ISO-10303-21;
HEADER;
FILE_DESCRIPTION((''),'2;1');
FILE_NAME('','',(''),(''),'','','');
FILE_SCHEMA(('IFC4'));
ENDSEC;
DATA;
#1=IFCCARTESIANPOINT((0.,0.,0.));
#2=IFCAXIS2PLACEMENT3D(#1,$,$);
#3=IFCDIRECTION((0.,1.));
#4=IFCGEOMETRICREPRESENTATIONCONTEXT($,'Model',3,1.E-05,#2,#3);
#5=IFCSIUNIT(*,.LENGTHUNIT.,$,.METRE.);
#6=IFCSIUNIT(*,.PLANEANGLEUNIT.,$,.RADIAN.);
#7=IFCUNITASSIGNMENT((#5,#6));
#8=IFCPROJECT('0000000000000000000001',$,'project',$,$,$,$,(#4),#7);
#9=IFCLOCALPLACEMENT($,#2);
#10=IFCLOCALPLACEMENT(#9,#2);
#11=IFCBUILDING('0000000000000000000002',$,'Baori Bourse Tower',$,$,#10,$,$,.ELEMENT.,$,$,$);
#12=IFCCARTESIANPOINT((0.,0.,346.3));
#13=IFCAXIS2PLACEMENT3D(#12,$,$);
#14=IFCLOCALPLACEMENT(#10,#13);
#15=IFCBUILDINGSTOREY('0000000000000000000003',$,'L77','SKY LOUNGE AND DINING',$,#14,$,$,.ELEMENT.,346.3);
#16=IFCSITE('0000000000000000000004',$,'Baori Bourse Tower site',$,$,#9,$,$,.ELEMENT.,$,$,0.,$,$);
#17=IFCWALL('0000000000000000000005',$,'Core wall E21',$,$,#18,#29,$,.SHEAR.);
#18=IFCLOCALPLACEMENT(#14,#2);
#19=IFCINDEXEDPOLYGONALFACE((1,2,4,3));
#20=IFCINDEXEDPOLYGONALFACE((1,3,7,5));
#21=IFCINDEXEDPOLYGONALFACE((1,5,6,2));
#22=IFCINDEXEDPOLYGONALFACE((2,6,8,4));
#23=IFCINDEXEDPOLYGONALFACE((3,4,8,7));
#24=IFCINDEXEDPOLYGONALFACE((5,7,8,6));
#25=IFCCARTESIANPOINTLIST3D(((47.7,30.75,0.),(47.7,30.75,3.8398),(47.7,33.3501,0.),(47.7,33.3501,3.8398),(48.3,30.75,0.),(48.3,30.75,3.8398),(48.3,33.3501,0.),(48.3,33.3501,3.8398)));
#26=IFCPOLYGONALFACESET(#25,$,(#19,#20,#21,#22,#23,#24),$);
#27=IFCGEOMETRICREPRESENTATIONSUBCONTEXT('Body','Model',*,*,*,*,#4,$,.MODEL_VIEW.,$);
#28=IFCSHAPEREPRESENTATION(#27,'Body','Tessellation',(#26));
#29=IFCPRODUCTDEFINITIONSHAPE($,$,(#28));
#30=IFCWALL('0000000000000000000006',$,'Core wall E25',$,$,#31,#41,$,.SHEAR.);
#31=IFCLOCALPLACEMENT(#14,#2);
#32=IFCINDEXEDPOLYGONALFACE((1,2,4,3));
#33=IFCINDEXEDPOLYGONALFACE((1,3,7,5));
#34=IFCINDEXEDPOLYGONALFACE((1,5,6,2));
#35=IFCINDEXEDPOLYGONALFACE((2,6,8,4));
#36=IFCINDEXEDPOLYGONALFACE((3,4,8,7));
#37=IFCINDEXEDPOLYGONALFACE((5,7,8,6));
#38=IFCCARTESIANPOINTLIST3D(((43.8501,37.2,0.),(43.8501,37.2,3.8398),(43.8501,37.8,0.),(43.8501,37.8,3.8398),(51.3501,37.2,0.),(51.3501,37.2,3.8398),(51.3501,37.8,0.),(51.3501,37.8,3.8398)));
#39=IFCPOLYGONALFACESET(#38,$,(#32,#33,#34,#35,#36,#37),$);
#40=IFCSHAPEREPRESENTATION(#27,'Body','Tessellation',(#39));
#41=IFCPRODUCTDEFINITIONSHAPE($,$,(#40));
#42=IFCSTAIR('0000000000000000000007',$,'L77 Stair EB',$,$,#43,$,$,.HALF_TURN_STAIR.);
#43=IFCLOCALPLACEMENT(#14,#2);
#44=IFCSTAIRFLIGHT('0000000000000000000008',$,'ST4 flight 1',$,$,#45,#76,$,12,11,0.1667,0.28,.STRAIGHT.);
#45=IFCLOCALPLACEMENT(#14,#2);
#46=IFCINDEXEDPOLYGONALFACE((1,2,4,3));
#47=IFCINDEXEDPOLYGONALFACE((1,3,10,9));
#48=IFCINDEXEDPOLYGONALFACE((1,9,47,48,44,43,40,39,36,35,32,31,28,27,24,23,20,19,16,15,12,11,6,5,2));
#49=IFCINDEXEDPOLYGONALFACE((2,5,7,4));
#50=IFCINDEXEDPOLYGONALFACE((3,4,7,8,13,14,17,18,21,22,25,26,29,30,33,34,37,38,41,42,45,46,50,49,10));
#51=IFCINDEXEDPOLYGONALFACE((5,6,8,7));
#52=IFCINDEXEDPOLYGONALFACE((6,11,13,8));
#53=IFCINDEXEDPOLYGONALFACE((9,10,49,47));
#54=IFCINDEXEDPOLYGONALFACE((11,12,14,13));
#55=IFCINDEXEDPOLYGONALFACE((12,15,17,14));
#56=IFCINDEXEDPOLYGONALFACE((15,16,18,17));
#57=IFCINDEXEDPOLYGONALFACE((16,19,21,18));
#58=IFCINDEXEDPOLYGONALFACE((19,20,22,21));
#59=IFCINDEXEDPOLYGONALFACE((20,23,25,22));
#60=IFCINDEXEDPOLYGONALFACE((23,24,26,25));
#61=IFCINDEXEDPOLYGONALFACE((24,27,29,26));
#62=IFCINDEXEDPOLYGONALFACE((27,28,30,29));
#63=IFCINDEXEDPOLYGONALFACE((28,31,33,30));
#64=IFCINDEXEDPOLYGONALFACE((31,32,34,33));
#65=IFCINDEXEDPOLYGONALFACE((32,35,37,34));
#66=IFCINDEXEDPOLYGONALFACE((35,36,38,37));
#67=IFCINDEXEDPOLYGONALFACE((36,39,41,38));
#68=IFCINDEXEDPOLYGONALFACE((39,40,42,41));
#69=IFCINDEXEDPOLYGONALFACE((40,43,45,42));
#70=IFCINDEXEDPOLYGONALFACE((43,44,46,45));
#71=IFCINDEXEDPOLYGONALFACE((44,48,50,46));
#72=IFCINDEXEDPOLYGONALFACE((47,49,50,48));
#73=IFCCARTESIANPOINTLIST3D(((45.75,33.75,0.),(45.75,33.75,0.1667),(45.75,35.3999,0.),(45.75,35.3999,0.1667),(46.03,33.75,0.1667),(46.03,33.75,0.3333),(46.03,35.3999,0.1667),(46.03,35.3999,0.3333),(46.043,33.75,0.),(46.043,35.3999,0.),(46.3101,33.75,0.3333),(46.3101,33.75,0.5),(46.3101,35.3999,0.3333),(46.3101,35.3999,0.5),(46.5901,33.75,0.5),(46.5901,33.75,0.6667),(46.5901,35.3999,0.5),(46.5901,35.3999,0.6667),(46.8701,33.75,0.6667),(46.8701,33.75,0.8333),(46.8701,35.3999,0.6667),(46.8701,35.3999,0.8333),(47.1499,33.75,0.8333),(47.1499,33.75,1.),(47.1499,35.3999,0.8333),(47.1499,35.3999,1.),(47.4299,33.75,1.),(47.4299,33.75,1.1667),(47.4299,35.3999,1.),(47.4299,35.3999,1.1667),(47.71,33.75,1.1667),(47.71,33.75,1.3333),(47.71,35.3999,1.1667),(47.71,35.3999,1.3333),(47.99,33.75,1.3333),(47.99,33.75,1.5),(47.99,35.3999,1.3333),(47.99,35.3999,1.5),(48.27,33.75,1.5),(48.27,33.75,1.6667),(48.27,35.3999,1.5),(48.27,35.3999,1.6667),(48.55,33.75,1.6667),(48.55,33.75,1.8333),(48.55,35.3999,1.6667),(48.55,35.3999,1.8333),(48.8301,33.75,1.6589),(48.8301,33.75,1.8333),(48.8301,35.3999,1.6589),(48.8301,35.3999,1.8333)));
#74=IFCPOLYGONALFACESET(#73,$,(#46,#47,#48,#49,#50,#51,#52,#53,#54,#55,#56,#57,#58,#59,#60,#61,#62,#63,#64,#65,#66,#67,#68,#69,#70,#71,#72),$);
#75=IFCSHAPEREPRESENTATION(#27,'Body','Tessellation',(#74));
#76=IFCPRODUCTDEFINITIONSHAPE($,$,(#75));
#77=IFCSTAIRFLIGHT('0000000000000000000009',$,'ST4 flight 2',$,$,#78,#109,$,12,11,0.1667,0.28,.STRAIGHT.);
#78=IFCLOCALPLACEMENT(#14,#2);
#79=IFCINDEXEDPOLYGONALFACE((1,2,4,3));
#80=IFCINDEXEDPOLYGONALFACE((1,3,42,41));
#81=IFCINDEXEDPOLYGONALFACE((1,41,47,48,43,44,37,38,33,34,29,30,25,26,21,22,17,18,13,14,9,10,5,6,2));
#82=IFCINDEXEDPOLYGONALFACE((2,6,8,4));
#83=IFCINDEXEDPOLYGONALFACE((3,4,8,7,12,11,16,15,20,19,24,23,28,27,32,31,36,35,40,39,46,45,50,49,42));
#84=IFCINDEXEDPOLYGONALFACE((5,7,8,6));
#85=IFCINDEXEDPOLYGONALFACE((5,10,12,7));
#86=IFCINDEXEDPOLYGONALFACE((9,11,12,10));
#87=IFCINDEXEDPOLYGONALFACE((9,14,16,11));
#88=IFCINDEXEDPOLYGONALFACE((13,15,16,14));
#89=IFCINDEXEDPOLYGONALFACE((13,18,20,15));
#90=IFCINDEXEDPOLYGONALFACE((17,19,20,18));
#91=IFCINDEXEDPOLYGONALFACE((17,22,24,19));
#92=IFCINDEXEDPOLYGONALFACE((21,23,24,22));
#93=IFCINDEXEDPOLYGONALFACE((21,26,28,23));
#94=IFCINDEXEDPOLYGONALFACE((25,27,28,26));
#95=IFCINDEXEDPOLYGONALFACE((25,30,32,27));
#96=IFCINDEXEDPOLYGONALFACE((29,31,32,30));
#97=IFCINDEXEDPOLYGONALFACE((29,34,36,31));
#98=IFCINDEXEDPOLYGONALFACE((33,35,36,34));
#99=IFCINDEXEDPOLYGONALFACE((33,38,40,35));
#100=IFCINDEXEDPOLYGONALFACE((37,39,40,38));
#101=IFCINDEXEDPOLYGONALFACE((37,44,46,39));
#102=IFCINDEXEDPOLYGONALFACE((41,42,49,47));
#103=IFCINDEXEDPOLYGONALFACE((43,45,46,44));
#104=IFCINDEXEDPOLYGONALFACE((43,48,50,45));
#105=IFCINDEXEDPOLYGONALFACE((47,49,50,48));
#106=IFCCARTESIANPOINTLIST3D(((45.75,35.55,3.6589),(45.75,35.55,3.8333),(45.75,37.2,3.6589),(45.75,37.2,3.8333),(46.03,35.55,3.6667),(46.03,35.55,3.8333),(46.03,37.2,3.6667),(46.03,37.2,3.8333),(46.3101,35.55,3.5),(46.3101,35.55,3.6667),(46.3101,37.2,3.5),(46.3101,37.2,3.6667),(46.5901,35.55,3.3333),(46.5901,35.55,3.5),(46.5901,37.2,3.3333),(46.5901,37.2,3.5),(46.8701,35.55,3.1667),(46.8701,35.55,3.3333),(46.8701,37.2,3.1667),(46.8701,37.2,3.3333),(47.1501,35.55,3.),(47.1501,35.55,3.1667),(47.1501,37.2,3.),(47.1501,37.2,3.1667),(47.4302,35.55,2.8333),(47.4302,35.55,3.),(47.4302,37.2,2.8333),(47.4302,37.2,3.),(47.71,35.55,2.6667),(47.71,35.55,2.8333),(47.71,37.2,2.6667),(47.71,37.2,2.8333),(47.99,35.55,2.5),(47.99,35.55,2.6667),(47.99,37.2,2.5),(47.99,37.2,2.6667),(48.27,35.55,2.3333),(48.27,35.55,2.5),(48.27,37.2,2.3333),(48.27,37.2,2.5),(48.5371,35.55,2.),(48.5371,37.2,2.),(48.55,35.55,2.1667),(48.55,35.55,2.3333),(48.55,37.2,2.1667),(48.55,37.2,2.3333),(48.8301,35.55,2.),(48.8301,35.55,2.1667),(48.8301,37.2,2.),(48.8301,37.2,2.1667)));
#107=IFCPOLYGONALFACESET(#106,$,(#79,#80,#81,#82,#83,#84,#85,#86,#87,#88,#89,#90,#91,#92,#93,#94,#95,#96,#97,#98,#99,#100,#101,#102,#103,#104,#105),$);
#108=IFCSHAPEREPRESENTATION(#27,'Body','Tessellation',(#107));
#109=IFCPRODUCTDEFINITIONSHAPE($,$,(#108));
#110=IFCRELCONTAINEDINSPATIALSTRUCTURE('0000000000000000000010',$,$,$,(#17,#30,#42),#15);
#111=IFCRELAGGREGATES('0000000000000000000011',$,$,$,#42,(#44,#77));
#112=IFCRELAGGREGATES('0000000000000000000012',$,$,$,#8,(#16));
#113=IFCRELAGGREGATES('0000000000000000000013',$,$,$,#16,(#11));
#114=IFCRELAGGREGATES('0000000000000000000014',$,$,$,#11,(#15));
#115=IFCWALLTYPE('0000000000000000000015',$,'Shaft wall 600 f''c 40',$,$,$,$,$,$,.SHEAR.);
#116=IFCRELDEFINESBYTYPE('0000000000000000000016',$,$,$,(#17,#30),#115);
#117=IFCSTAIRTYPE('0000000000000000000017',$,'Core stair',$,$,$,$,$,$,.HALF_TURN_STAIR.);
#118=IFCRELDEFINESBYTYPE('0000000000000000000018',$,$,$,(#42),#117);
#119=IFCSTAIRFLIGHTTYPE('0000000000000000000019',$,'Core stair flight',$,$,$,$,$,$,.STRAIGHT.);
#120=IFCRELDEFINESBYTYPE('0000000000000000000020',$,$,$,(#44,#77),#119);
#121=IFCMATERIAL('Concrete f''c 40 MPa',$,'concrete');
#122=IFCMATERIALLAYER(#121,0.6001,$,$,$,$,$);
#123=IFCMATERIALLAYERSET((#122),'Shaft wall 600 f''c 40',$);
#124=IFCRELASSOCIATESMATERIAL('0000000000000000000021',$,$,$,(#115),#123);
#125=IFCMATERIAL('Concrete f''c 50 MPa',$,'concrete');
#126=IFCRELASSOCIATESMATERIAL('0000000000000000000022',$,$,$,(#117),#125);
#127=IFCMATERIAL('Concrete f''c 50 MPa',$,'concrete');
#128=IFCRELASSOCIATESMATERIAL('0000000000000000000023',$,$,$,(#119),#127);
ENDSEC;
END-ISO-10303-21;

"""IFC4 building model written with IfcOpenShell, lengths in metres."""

from ifc_helpers import new_model, si_unit, direction, frame, frame_2d, origin, place, context, subcontext, project, spatial, polyline, rectangle, outline, extrude, material, layer, layer_set, type_object, element, aggregate, save


model = new_model("IFC4")

# Units and contexts
model_context = context("Model", 3, precision=1e-05, world=origin(), true_north=direction((0.0, 1.0)))
body_context = subcontext(model_context, "Body", "Model", "MODEL_VIEW")
ifc_project = project(units=[si_unit("LENGTHUNIT", "METRE"), si_unit("PLANEANGLEUNIT", "RADIAN")], contexts=[model_context])

# Site, building, storey
site_placement = place(None, origin())
site = spatial("IfcSite", under=ifc_project, at=site_placement, Name="Baori Bourse Tower site", CompositionType="ELEMENT", RefElevation=0.0)
building_placement = place(site_placement, origin())
building = spatial("IfcBuilding", under=site, at=building_placement, Name="Baori Bourse Tower", CompositionType="ELEMENT")
storey_placement = place(building_placement, frame((0.0, 0.0, 346.3)))
storey = spatial("IfcBuildingStorey", under=building, at=storey_placement, Name="L77", Description="SKY LOUNGE AND DINING", CompositionType="ELEMENT", Elevation=346.3)

# Walls
ifc_material_1 = material(Name="Concrete f'c 40 MPa", Category="concrete")
ifc_layer_1 = layer(ifc_material_1, 0.6001)
ifc_layer_set_1 = layer_set([ifc_layer_1], Name="Shaft wall 600 f'c 40")
wall_type_1 = type_object("IfcWallType", Name="Shaft wall 600 f'c 40", PredefinedType="SHEAR", material=ifc_layer_set_1)
for number, where, z_axis, x_axis, name in (
    (1, (48.0, 30.75, 0.0), (0.0, 0.0, 1.0), (0.0, 1.0, 0.0), "Core wall E21"),
):
    element("IfcWall", number, at=place(storey_placement, frame(where, z_axis=z_axis, x_axis=x_axis)), inside=storey, type_object=wall_type_1, Name=name, PredefinedType="SHEAR", context=body_context, shape_type="SweptSolid", body=[
        extrude(rectangle(XDim=2.6001, YDim=0.6001, at=frame_2d((1.3, 0.0))), origin(), (0.0, 0.0, 1.0), 3.8398),
    ])
wall_1_placement = place(storey_placement, frame((43.8501, 37.5, 0.0), z_axis=(0.0, 0.0, 1.0), x_axis=(1.0, 0.0, 0.0)))
element("IfcWall", 2, at=wall_1_placement, inside=storey, type_object=wall_type_1, Name="Core wall E25", PredefinedType="SHEAR", context=body_context, shape_type="SweptSolid", body=[
    extrude(rectangle(XDim=7.5, YDim=0.6001, at=frame_2d((3.75, 0.0))), origin(), (0.0, 0.0, 1.0), 3.8398),
])

# Stair, stair flights
ifc_material_2 = material(Name="Concrete f'c 50 MPa", Category="concrete")
stair_type = type_object("IfcStairType", Name="Core stair", PredefinedType="HALF_TURN_STAIR", material=ifc_material_2)
stair_placement = place(storey_placement, origin())
stair = element("IfcStair", 3, at=stair_placement, inside=storey, type_object=stair_type, Name="L77 Stair EB", PredefinedType="HALF_TURN_STAIR")
ifc_material_3 = material(Name="Concrete f'c 50 MPa", Category="concrete")
stair_flight_type = type_object("IfcStairFlightType", Name="Core stair flight", PredefinedType="STRAIGHT", material=ifc_material_3)
stair_flight_1_placement = place(storey_placement, frame((45.75, 34.575, 0.0), z_axis=(0.0, 0.0, 1.0), x_axis=(1.0, 0.0, 0.0)))
stair_flight_1 = element("IfcStairFlight", 4, at=stair_flight_1_placement, type_object=stair_flight_type, Name="ST4 flight 1", NumberOfRisers=12, NumberOfTreads=11, PredefinedType="STRAIGHT", RiserHeight=0.1667, TreadLength=0.28, context=body_context, shape_type="SweptSolid", body=[
    extrude(outline(polyline([(0.0, 0.0), (0.0, 0.1667), (0.28, 0.1667), (0.28, 0.3333), (0.5601, 0.3333), (0.5601, 0.5), (0.8401, 0.5), (0.8401, 0.6667), (1.1201, 0.6667), (1.1201, 0.8333), (1.3999, 0.8333), (1.3999, 1.0), (1.6799, 1.0), (1.6799, 1.1667), (1.96, 1.1667), (1.96, 1.3333), (2.24, 1.3333), (2.24, 1.5), (2.52, 1.5), (2.52, 1.6667), (2.8, 1.6667), (2.8, 1.8333), (3.0801, 1.8333), (3.0801, 2.0), (3.0801, 1.6589), (0.293, 0.0), (0.0, 0.0)])), frame((0.0, 0.825, 0.0), z_axis=(0.0, -1.0, 0.0), x_axis=(1.0, 0.0, 0.0)), (0.0, 0.0, 1.0), 1.6499),
])
stair_flight_2_placement = place(storey_placement, frame((48.8301, 36.375, 2.0), z_axis=(0.0, 0.0, 1.0), x_axis=(-1.0, 0.0, 0.0)))
stair_flight_2 = element("IfcStairFlight", 5, at=stair_flight_2_placement, type_object=stair_flight_type, Name="ST4 flight 2", NumberOfRisers=12, NumberOfTreads=11, PredefinedType="STRAIGHT", RiserHeight=0.1667, TreadLength=0.28, context=body_context, shape_type="SweptSolid", body=[
    extrude(outline(polyline([(0.0, 0.0), (0.0, 0.1667), (0.28, 0.1667), (0.28, 0.3333), (0.5601, 0.3333), (0.5601, 0.5), (0.8401, 0.5), (0.8401, 0.6667), (1.1201, 0.6667), (1.1201, 0.8333), (1.3999, 0.8333), (1.3999, 1.0), (1.6799, 1.0), (1.6799, 1.1667), (1.96, 1.1667), (1.96, 1.3333), (2.24, 1.3333), (2.24, 1.5), (2.52, 1.5), (2.52, 1.6667), (2.8, 1.6667), (2.8, 1.8333), (3.0801, 1.8333), (3.0801, 2.0), (3.0801, 1.6589), (0.293, 0.0), (0.0, 0.0)])), frame((0.0, 0.825, 0.0), z_axis=(0.0, -1.0, 0.0), x_axis=(1.0, 0.0, 0.0)), (0.0, 0.0, 1.0), 1.6499),
])
aggregate(stair, [stair_flight_1, stair_flight_2])

save(model, "model.ifc")
